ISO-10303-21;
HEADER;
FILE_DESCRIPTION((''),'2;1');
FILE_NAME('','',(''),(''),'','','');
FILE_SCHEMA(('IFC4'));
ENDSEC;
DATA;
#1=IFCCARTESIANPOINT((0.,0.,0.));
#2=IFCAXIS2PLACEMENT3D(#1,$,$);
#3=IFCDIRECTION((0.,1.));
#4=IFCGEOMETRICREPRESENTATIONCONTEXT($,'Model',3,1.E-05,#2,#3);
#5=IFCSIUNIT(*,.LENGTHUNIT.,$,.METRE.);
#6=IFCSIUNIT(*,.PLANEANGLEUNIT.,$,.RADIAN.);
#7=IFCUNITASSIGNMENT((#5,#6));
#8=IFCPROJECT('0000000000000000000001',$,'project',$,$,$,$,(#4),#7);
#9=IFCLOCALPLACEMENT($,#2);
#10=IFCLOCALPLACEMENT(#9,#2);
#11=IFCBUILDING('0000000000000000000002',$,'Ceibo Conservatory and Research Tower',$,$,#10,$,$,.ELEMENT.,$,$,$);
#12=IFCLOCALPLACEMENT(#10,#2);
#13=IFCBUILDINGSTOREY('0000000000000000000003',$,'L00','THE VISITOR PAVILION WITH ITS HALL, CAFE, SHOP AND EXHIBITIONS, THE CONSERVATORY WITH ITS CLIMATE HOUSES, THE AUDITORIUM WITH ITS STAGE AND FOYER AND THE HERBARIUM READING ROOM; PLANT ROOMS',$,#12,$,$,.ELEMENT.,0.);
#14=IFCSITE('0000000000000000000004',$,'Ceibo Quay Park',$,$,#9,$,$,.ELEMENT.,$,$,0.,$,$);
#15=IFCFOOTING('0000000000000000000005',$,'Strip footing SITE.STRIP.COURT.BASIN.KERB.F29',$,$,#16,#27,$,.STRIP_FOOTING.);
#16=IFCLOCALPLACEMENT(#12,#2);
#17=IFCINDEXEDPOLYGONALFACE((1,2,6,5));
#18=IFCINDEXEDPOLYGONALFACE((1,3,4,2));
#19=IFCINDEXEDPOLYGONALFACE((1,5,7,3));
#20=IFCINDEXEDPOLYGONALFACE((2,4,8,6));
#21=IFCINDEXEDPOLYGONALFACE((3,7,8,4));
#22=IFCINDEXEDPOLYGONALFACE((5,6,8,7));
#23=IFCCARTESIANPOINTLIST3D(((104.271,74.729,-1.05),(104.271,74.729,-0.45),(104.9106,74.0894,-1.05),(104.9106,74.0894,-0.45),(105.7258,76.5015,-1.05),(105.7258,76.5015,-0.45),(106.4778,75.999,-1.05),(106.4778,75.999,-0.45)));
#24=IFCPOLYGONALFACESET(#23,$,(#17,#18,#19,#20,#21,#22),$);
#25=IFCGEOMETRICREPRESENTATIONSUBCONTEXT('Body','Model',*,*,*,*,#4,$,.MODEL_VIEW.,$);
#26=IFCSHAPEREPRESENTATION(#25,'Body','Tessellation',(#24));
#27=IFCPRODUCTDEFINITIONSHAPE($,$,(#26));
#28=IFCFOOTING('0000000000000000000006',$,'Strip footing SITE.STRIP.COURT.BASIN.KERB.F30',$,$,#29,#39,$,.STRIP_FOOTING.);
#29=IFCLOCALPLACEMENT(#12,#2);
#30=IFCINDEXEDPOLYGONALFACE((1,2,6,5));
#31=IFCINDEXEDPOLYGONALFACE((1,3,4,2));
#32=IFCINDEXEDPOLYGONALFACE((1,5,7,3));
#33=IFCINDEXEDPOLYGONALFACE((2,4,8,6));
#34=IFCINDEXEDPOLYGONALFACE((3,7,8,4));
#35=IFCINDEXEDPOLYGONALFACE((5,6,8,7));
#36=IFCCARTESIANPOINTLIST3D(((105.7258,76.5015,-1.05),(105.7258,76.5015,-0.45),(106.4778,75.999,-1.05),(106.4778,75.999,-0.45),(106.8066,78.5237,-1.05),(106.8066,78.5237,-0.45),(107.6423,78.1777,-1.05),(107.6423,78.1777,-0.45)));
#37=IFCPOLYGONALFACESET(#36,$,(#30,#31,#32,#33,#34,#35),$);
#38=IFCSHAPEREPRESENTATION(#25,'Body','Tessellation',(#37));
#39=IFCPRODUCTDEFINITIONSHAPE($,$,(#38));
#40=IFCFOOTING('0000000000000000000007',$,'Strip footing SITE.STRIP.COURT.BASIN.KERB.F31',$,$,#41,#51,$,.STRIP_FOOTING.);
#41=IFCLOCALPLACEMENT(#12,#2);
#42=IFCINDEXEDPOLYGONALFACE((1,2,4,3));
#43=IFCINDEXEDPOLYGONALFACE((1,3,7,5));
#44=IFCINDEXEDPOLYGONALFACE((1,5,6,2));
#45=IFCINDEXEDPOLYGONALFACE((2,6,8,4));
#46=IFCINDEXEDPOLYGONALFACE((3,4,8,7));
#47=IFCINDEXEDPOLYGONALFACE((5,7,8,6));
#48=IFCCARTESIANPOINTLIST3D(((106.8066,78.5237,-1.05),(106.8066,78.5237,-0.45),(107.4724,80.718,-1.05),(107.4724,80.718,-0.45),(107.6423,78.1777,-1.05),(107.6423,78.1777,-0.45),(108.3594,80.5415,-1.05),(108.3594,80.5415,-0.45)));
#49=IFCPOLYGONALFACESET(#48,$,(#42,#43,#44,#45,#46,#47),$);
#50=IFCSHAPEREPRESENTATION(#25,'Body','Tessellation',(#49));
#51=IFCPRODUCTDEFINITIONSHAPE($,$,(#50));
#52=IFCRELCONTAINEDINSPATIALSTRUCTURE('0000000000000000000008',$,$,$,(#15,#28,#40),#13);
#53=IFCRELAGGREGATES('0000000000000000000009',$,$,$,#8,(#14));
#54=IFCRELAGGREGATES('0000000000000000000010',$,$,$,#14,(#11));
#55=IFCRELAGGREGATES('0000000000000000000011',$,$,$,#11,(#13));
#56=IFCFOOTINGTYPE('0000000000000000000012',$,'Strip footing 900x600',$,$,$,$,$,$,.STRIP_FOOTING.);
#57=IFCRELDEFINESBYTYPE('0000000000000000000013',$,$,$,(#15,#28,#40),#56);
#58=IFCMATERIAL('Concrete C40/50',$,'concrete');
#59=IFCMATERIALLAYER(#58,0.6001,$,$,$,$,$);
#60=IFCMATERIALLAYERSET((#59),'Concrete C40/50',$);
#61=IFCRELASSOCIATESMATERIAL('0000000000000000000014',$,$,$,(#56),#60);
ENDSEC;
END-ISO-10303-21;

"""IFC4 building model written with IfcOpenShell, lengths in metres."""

from ifc_helpers import new_model, si_unit, direction, frame, origin, place, context, subcontext, project, spatial, polyline, outline, extrude, material, layer, layer_set, type_object, element, save


model = new_model("IFC4")

# Units and contexts
model_context = context("Model", 3, precision=1e-05, world=origin(), true_north=direction((0.0, 1.0)))
body_context = subcontext(model_context, "Body", "Model", "MODEL_VIEW")
ifc_project = project(units=[si_unit("LENGTHUNIT", "METRE"), si_unit("PLANEANGLEUNIT", "RADIAN")], contexts=[model_context])

# Site, building, storey
site_placement = place(None, origin())
site = spatial("IfcSite", under=ifc_project, at=site_placement, Name="Ceibo Quay Park", CompositionType="ELEMENT", RefElevation=0.0)
building_placement = place(site_placement, origin())
building = spatial("IfcBuilding", under=site, at=building_placement, Name="Ceibo Conservatory and Research Tower", CompositionType="ELEMENT")
storey_placement = place(building_placement, origin())
storey = spatial("IfcBuildingStorey", under=building, at=storey_placement, Name="L00", Description="THE VISITOR PAVILION WITH ITS HALL, CAFE, SHOP AND EXHIBITIONS, THE CONSERVATORY WITH ITS CLIMATE HOUSES, THE AUDITORIUM WITH ITS STAGE AND FOYER AND THE HERBARIUM READING ROOM; PLANT ROOMS", CompositionType="ELEMENT", Elevation=0.0)

# Footings
ifc_material = material(Name="Concrete C40/50", Category="concrete")
ifc_layer_1 = layer(ifc_material, 0.6001)
ifc_layer_set_1 = layer_set([ifc_layer_1], Name="Concrete C40/50")
footing_type_1 = type_object("IfcFootingType", Name="Strip footing 900x600", PredefinedType="STRIP_FOOTING", material=ifc_layer_set_1)
footing_1_placement = place(storey_placement, frame((0.0, 0.0, -1.05)))
element("IfcFooting", 1, at=footing_1_placement, inside=storey, type_object=footing_type_1, Name="Strip footing SITE.STRIP.COURT.BASIN.KERB.F29", PredefinedType="STRIP_FOOTING", context=body_context, shape_type="SweptSolid", body=[
    extrude(outline(polyline([(104.9106, 74.0894), (106.4778, 75.999), (105.7258, 76.5015), (104.271, 74.729), (104.9106, 74.0894)])), origin(), (0.0, 0.0, 1.0), 0.6001),
])
footing_2_placement = place(storey_placement, frame((0.0, 0.0, -1.05)))
element("IfcFooting", 2, at=footing_2_placement, inside=storey, type_object=footing_type_1, Name="Strip footing SITE.STRIP.COURT.BASIN.KERB.F30", PredefinedType="STRIP_FOOTING", context=body_context, shape_type="SweptSolid", body=[
    extrude(outline(polyline([(106.4778, 75.999), (107.6423, 78.1777), (106.8066, 78.5237), (105.7258, 76.5015), (106.4778, 75.999)])), origin(), (0.0, 0.0, 1.0), 0.6001),
])
footing_3_placement = place(storey_placement, frame((0.0, 0.0, -1.05)))
element("IfcFooting", 3, at=footing_3_placement, inside=storey, type_object=footing_type_1, Name="Strip footing SITE.STRIP.COURT.BASIN.KERB.F31", PredefinedType="STRIP_FOOTING", context=body_context, shape_type="SweptSolid", body=[
    extrude(outline(polyline([(107.6423, 78.1777), (108.3594, 80.5415), (107.4724, 80.718), (106.8066, 78.5237), (107.6423, 78.1777)])), origin(), (0.0, 0.0, 1.0), 0.6001),
])

save(model, "model.ifc")
